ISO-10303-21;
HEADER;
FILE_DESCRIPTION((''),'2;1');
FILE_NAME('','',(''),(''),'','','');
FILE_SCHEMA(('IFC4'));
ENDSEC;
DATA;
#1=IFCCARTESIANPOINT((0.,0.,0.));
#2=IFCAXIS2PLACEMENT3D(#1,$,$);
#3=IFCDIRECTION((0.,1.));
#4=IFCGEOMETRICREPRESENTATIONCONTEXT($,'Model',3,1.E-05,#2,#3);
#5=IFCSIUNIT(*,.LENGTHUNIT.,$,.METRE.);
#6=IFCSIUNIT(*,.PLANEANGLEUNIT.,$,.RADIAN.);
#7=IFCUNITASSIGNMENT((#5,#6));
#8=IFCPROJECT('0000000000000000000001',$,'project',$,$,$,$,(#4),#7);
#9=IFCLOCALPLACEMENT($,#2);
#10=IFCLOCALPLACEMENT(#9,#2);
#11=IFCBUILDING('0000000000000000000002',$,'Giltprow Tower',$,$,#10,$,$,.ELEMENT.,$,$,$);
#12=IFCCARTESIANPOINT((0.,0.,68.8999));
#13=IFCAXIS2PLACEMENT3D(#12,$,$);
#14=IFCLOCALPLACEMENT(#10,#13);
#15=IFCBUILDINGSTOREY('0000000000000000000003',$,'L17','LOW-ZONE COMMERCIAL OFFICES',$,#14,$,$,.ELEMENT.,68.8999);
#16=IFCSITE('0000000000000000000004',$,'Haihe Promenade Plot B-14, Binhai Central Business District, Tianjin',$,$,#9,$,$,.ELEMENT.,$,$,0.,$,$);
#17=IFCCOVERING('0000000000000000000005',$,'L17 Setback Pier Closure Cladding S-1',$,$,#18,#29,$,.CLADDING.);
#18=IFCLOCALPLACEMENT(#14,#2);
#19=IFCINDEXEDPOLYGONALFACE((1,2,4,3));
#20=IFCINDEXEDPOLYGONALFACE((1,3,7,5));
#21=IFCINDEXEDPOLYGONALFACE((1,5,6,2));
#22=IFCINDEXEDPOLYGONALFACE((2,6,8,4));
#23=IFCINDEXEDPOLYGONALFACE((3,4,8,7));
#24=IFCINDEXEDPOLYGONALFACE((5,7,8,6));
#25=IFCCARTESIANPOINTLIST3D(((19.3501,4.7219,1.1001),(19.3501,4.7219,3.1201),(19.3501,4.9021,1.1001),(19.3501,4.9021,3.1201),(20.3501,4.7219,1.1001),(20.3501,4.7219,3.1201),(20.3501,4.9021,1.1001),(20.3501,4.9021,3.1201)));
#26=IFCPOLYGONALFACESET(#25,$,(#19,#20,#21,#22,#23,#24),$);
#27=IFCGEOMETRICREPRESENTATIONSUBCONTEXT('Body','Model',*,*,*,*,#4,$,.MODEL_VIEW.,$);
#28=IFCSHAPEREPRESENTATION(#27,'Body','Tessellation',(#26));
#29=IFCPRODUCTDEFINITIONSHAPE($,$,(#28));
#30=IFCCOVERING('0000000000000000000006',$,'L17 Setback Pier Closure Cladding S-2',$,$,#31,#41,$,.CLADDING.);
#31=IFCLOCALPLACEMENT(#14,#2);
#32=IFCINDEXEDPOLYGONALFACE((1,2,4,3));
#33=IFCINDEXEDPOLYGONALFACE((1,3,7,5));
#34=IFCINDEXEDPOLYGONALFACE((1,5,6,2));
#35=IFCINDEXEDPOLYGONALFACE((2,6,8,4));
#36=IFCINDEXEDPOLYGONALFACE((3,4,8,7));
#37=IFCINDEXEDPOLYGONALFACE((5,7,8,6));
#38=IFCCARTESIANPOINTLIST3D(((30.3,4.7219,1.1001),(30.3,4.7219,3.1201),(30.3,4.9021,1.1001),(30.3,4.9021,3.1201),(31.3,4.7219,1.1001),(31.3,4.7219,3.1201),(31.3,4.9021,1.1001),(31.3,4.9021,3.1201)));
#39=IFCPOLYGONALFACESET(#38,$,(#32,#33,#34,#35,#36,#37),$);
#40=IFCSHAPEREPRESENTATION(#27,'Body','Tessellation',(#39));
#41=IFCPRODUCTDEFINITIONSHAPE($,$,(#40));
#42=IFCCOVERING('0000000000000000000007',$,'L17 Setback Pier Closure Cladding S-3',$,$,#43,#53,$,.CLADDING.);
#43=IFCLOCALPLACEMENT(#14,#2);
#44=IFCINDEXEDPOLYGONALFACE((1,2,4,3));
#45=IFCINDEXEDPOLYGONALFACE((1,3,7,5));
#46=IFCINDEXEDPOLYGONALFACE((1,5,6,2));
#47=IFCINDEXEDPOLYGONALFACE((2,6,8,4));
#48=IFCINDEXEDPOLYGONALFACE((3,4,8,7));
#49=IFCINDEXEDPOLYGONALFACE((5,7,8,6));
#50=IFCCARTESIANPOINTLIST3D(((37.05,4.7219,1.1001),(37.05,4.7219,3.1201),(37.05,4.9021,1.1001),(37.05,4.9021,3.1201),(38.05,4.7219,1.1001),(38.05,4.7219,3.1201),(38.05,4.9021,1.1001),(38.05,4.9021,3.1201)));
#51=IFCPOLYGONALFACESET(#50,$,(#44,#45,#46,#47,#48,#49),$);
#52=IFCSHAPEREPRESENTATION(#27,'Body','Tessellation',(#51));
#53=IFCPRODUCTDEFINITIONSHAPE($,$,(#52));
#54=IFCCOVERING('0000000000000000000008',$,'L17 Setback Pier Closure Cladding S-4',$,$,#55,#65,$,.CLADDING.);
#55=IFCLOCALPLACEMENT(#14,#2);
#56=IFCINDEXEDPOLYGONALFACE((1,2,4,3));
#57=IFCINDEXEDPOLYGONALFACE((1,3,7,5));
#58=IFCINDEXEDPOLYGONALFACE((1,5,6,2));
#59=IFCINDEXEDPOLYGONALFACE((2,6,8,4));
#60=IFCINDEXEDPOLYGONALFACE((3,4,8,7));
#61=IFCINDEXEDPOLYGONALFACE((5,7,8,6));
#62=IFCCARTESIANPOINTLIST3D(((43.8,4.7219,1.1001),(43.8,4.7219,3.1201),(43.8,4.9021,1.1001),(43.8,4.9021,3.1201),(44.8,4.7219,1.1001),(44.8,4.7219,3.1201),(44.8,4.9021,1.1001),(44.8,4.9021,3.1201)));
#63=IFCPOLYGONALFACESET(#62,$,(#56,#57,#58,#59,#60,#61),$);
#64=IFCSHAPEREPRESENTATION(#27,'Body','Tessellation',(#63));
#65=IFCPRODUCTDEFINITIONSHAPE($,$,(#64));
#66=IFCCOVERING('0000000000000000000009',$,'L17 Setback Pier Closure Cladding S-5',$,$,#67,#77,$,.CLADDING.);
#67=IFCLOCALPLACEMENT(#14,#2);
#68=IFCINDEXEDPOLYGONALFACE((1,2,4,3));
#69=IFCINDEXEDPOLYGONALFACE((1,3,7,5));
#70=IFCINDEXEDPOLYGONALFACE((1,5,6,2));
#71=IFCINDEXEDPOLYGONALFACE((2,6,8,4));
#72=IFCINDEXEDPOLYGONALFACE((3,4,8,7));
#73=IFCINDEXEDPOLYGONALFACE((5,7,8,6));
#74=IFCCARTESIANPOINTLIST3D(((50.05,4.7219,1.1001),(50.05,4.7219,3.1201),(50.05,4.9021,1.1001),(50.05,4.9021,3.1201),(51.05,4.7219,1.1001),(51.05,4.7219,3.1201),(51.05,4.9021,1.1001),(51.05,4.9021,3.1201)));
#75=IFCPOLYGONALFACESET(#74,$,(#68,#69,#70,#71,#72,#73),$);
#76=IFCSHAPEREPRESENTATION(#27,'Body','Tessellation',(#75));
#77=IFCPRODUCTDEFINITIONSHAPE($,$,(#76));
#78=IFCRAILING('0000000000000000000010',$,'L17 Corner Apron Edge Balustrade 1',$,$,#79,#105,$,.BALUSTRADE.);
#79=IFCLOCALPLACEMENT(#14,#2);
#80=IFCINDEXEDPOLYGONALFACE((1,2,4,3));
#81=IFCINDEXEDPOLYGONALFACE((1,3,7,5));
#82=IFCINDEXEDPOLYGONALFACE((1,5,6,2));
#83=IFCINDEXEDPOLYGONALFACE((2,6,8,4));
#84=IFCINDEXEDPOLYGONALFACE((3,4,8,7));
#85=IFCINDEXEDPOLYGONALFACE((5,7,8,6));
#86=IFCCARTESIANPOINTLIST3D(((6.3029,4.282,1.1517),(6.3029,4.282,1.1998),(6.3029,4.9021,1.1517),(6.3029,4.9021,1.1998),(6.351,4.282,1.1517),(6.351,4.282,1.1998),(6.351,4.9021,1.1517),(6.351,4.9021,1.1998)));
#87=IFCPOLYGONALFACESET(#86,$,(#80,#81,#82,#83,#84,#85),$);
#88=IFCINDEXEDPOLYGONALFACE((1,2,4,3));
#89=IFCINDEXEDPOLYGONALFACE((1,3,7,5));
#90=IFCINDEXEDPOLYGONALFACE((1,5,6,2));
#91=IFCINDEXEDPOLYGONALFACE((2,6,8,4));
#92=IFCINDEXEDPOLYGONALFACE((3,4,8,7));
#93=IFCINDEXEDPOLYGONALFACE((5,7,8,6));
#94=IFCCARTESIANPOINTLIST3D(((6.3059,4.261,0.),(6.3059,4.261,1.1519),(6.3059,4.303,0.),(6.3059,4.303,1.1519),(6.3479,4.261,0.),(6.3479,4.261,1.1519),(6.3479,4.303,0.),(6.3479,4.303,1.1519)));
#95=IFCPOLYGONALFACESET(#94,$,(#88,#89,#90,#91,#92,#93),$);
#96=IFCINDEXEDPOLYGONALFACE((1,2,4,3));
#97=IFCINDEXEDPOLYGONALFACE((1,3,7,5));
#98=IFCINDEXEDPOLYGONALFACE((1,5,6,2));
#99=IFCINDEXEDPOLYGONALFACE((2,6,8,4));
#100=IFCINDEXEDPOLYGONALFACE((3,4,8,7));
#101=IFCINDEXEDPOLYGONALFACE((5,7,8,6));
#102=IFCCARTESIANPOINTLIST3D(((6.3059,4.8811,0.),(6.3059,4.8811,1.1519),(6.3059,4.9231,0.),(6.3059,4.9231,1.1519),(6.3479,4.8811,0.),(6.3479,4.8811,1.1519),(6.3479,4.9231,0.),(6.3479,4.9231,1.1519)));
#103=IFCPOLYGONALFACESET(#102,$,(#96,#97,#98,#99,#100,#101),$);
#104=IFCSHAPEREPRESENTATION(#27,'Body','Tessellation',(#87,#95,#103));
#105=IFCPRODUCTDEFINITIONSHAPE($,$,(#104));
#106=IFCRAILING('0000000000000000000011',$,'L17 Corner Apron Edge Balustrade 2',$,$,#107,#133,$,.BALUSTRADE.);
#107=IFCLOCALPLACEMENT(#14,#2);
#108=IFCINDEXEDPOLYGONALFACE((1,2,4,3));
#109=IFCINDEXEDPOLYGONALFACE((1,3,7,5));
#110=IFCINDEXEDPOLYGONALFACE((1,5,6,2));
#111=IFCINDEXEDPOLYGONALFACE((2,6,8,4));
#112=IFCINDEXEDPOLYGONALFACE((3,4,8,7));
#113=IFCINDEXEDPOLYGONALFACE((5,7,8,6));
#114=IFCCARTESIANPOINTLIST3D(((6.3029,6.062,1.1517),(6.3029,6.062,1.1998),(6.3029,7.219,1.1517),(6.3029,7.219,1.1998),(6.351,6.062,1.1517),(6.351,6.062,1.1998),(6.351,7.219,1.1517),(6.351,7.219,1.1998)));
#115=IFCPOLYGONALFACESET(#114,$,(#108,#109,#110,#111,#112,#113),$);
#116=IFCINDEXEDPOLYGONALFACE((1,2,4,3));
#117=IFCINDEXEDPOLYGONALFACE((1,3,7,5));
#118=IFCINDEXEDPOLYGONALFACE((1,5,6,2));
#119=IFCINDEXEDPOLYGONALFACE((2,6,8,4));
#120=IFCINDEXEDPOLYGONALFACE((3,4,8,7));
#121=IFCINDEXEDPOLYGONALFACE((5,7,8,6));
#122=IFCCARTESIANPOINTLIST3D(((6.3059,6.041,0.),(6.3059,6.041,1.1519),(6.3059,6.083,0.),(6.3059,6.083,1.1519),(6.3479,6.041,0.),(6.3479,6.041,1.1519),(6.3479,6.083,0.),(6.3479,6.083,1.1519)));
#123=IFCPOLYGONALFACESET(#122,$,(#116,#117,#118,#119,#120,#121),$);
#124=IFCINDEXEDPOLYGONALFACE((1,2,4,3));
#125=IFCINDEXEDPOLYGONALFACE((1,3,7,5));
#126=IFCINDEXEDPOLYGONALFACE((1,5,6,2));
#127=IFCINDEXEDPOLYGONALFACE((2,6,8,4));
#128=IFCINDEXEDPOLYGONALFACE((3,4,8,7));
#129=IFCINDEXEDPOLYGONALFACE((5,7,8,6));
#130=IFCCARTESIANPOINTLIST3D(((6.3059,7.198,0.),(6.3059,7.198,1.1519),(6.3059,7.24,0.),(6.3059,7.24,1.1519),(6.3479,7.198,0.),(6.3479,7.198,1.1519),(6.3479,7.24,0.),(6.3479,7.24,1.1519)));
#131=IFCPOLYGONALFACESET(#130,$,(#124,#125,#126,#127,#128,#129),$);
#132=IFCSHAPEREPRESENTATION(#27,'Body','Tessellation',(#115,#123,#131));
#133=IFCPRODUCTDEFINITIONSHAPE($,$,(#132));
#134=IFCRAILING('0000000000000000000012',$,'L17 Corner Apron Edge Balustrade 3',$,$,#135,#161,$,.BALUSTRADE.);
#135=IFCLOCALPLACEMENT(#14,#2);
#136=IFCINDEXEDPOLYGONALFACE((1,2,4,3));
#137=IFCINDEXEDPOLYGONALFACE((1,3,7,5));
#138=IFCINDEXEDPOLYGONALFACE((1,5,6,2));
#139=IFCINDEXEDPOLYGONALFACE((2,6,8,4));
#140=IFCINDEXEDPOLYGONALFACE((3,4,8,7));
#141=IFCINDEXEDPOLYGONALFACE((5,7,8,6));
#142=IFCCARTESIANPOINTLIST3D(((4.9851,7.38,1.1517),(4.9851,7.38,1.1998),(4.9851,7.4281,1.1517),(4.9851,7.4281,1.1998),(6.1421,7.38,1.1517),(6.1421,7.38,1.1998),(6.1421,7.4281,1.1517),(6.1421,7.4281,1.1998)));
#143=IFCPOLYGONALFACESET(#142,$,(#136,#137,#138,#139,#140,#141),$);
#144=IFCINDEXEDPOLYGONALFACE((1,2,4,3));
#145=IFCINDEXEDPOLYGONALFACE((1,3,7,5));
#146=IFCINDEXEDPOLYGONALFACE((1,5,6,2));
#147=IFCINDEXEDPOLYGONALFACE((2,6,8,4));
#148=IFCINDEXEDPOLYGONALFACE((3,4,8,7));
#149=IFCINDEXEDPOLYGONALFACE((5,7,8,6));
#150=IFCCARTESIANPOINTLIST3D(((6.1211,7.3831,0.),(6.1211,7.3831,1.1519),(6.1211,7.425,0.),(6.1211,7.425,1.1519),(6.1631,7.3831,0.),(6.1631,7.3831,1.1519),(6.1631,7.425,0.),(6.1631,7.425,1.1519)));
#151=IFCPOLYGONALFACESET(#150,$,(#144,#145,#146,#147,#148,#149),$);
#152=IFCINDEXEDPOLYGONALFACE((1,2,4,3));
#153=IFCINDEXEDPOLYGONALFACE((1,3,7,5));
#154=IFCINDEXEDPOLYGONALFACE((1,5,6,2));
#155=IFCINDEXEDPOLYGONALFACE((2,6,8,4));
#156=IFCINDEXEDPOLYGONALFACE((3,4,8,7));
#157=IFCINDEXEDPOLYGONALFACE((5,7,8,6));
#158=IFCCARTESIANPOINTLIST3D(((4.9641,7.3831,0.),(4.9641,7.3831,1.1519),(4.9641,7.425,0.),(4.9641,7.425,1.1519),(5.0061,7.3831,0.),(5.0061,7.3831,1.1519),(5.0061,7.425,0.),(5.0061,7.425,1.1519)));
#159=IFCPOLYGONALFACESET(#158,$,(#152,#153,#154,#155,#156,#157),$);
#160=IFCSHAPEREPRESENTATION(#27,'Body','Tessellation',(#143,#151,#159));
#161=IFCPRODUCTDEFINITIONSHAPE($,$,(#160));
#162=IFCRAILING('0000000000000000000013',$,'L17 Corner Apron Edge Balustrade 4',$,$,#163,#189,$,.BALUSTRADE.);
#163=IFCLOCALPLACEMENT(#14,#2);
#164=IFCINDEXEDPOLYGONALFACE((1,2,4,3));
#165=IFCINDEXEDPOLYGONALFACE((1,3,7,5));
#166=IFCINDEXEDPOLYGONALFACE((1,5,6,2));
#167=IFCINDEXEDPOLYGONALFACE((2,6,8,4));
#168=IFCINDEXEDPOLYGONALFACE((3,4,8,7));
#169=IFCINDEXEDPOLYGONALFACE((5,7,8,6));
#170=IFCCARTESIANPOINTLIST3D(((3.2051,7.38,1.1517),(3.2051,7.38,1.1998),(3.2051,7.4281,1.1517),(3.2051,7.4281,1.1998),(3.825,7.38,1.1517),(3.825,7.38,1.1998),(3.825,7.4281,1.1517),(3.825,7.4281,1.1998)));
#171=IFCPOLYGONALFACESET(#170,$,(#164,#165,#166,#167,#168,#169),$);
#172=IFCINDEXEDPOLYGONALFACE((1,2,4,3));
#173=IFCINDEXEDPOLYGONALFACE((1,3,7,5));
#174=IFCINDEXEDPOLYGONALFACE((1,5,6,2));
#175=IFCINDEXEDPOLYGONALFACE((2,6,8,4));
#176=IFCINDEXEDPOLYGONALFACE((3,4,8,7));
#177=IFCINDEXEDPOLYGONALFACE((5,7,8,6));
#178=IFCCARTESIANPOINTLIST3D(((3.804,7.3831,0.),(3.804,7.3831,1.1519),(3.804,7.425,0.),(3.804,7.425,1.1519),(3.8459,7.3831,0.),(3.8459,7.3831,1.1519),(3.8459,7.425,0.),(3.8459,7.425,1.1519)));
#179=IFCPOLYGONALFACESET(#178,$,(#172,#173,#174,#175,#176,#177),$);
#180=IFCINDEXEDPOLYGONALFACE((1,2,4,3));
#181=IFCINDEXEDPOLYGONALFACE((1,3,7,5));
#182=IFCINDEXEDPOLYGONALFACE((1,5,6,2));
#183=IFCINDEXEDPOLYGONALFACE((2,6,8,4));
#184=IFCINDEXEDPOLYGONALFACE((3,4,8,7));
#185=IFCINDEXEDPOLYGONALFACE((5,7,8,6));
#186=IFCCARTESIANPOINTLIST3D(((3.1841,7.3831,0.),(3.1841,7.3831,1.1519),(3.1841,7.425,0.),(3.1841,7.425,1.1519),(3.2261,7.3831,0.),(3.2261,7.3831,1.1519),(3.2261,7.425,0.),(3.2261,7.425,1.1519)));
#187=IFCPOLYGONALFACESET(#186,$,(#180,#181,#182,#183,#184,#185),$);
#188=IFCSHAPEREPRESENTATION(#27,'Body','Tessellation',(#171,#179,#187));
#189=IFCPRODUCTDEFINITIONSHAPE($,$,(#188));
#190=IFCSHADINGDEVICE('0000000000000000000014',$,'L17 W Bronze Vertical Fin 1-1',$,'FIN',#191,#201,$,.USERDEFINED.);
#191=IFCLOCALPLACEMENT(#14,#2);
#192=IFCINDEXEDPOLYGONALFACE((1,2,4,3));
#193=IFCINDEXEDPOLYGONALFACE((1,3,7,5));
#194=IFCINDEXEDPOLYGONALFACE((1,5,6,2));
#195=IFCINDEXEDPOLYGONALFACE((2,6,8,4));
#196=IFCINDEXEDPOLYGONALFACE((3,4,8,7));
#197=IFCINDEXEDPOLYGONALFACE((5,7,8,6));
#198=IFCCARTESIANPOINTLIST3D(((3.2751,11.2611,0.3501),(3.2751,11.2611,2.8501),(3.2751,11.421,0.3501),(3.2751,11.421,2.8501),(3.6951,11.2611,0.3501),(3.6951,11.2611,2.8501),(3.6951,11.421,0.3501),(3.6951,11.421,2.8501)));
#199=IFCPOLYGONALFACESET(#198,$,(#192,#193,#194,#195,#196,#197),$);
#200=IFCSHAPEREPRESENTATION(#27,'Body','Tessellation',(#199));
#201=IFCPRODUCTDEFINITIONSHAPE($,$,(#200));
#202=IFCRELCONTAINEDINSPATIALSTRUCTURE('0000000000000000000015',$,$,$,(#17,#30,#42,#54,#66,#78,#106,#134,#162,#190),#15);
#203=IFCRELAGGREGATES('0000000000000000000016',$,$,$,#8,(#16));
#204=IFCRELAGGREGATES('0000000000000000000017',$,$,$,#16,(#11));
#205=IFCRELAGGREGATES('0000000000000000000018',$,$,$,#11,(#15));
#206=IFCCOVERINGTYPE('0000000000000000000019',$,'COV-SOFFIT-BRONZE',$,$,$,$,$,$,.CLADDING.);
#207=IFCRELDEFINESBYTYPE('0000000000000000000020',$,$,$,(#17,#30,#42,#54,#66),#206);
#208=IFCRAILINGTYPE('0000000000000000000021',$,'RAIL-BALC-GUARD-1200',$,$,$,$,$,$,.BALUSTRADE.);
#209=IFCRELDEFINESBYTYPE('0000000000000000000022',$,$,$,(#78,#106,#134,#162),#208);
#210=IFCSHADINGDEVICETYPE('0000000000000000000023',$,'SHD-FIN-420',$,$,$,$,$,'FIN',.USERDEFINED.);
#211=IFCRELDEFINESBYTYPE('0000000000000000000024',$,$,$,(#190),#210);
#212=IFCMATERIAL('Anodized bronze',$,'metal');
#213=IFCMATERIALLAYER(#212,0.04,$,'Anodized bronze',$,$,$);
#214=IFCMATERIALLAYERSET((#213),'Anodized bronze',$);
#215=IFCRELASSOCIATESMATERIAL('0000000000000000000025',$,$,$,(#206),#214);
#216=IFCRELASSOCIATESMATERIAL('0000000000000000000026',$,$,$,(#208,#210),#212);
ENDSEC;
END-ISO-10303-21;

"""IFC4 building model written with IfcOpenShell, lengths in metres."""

from ifc_helpers import new_model, si_unit, direction, frame, origin, origin_2d, place, context, subcontext, project, spatial, polyline, rectangle, outline, extrude, source, transform, mapped, material, layer, layer_set, type_object, element, save


model = new_model("IFC4")

# Units and contexts
model_context = context("Model", 3, precision=1e-05, world=origin(), true_north=direction((0.0, 1.0)))
body_context = subcontext(model_context, "Body", "Model", "MODEL_VIEW")
ifc_project = project(units=[si_unit("LENGTHUNIT", "METRE"), si_unit("PLANEANGLEUNIT", "RADIAN")], contexts=[model_context])

# Site, building, storey
site_placement = place(None, origin())
site = spatial("IfcSite", under=ifc_project, at=site_placement, Name="Haihe Promenade Plot B-14, Binhai Central Business District, Tianjin", CompositionType="ELEMENT", RefElevation=0.0)
building_placement = place(site_placement, origin())
building = spatial("IfcBuilding", under=site, at=building_placement, Name="Giltprow Tower", CompositionType="ELEMENT")
storey_placement = place(building_placement, frame((0.0, 0.0, 68.8999)))
storey = spatial("IfcBuildingStorey", under=building, at=storey_placement, Name="L17", Description="LOW-ZONE COMMERCIAL OFFICES", CompositionType="ELEMENT", Elevation=68.8999)

# Shared definitions
ifc_material_1 = material(Name="Anodized bronze", Category="metal")

# Coverings
ifc_layer_1 = layer(ifc_material_1, 0.04, Name="Anodized bronze")
ifc_layer_set_1 = layer_set([ifc_layer_1], Name="Anodized bronze")
covering_type_1 = type_object("IfcCoveringType", Name="COV-SOFFIT-BRONZE", PredefinedType="CLADDING", material=ifc_layer_set_1)
covering_1_placement = place(storey_placement, frame((0.0, 0.0, 1.1001)))
element("IfcCovering", 1, at=covering_1_placement, inside=storey, type_object=covering_type_1, Name="L17 Setback Pier Closure Cladding S-1", PredefinedType="CLADDING", context=body_context, shape_type="SweptSolid", body=[
    extrude(outline(polyline([(19.3501, 4.7219), (20.3501, 4.7219), (20.3501, 4.9021), (19.3501, 4.9021), (19.3501, 4.7219)])), origin(), (0.0, 0.0, 1.0), 2.02),
])
covering_2_placement = place(storey_placement, frame((0.0, 0.0, 1.1001)))
element("IfcCovering", 2, at=covering_2_placement, inside=storey, type_object=covering_type_1, Name="L17 Setback Pier Closure Cladding S-2", PredefinedType="CLADDING", context=body_context, shape_type="SweptSolid", body=[
    extrude(outline(polyline([(30.3, 4.7219), (31.3, 4.7219), (31.3, 4.9021), (30.3, 4.9021), (30.3, 4.7219)])), origin(), (0.0, 0.0, 1.0), 2.02),
])
covering_3_placement = place(storey_placement, frame((0.0, 0.0, 1.1001)))
element("IfcCovering", 3, at=covering_3_placement, inside=storey, type_object=covering_type_1, Name="L17 Setback Pier Closure Cladding S-3", PredefinedType="CLADDING", context=body_context, shape_type="SweptSolid", body=[
    extrude(outline(polyline([(37.05, 4.7219), (38.05, 4.7219), (38.05, 4.9021), (37.05, 4.9021), (37.05, 4.7219)])), origin(), (0.0, 0.0, 1.0), 2.02),
])
covering_4_placement = place(storey_placement, frame((0.0, 0.0, 1.1001)))
element("IfcCovering", 4, at=covering_4_placement, inside=storey, type_object=covering_type_1, Name="L17 Setback Pier Closure Cladding S-4", PredefinedType="CLADDING", context=body_context, shape_type="SweptSolid", body=[
    extrude(outline(polyline([(43.8, 4.7219), (44.8, 4.7219), (44.8, 4.9021), (43.8, 4.9021), (43.8, 4.7219)])), origin(), (0.0, 0.0, 1.0), 2.02),
])
covering_5_placement = place(storey_placement, frame((0.0, 0.0, 1.1001)))
element("IfcCovering", 5, at=covering_5_placement, inside=storey, type_object=covering_type_1, Name="L17 Setback Pier Closure Cladding S-5", PredefinedType="CLADDING", context=body_context, shape_type="SweptSolid", body=[
    extrude(outline(polyline([(50.05, 4.7219), (51.05, 4.7219), (51.05, 4.9021), (50.05, 4.9021), (50.05, 4.7219)])), origin(), (0.0, 0.0, 1.0), 2.02),
])

# Railings
railing_type = type_object("IfcRailingType", Name="RAIL-BALC-GUARD-1200", PredefinedType="BALUSTRADE", material=ifc_material_1)
railing_1_placement = place(storey_placement, frame((6.3269, 4.282, 0.0)))
element("IfcRailing", 6, at=railing_1_placement, inside=storey, type_object=railing_type, Name="L17 Corner Apron Edge Balustrade 1", PredefinedType="BALUSTRADE", context=body_context, shape_type="SweptSolid", body=[
    extrude(rectangle(XDim=0.0481, YDim=0.0481, at=origin_2d()), frame((0.0, 0.0, 1.1758), z_axis=(0.0, 1.0, 0.0), x_axis=(-1.0, 0.0, 0.0)), (0.0, 0.0, 1.0), 0.6201),
    extrude(rectangle(XDim=0.042, YDim=0.042, at=origin_2d()), origin(), (0.0, 0.0, 1.0), 1.1519),
    extrude(rectangle(XDim=0.042, YDim=0.042, at=origin_2d()), frame((0.0, 0.6201, 0.0)), (0.0, 0.0, 1.0), 1.1519),
])
railing_2_placement = place(storey_placement, frame((6.3269, 6.062, 0.0)))
element("IfcRailing", 7, at=railing_2_placement, inside=storey, type_object=railing_type, Name="L17 Corner Apron Edge Balustrade 2", PredefinedType="BALUSTRADE", context=body_context, shape_type="SweptSolid", body=[
    extrude(rectangle(XDim=0.0481, YDim=0.0481, at=origin_2d()), frame((0.0, 0.0, 1.1758), z_axis=(0.0, 1.0, 0.0), x_axis=(-1.0, 0.0, 0.0)), (0.0, 0.0, 1.0), 1.157),
    extrude(rectangle(XDim=0.042, YDim=0.042, at=origin_2d()), origin(), (0.0, 0.0, 1.0), 1.1519),
    extrude(rectangle(XDim=0.042, YDim=0.042, at=origin_2d()), frame((0.0, 1.157, 0.0)), (0.0, 0.0, 1.0), 1.1519),
])
railing_3_placement = place(storey_placement, frame((6.1421, 7.4041, 0.0)))
element("IfcRailing", 8, at=railing_3_placement, inside=storey, type_object=railing_type, Name="L17 Corner Apron Edge Balustrade 3", PredefinedType="BALUSTRADE", context=body_context, shape_type="SweptSolid", body=[
    extrude(rectangle(XDim=0.0481, YDim=0.0481, at=origin_2d()), frame((0.0, 0.0, 1.1758), z_axis=(-1.0, 0.0, 0.0), x_axis=(0.0, -1.0, 0.0)), (0.0, 0.0, 1.0), 1.157),
    extrude(rectangle(XDim=0.042, YDim=0.042, at=origin_2d()), origin(), (0.0, 0.0, 1.0), 1.1519),
    extrude(rectangle(XDim=0.042, YDim=0.042, at=origin_2d()), frame((-1.157, 0.0, 0.0)), (0.0, 0.0, 1.0), 1.1519),
])
railing_4_placement = place(storey_placement, frame((3.825, 7.4041, 0.0)))
element("IfcRailing", 9, at=railing_4_placement, inside=storey, type_object=railing_type, Name="L17 Corner Apron Edge Balustrade 4", PredefinedType="BALUSTRADE", context=body_context, shape_type="SweptSolid", body=[
    extrude(rectangle(XDim=0.0481, YDim=0.0481, at=origin_2d()), frame((0.0, 0.0, 1.1758), z_axis=(-1.0, 0.0, 0.0), x_axis=(0.0, -1.0, 0.0)), (0.0, 0.0, 1.0), 0.6199),
    extrude(rectangle(XDim=0.042, YDim=0.042, at=origin_2d()), origin(), (0.0, 0.0, 1.0), 1.1519),
    extrude(rectangle(XDim=0.042, YDim=0.042, at=origin_2d()), frame((-0.6199, 0.0, 0.0)), (0.0, 0.0, 1.0), 1.1519),
])

# Shading device
shading_device_type = type_object("IfcShadingDeviceType", Name="SHD-FIN-420", ElementType="FIN", PredefinedType="USERDEFINED", material=ifc_material_1)
shared_shape_1 = source(origin(), body_context, "Body", "SweptSolid", [
    extrude(rectangle(XDim=0.4199, YDim=0.1599, at=origin_2d()), origin(), (0.0, 0.0, 1.0), 2.5),
])
shading_device_placement = place(storey_placement, frame((3.4851, 11.3411, 0.3501), z_axis=(0.0, 0.0, 1.0), x_axis=(1.0, 0.0, 0.0)))
element("IfcShadingDevice", 10, at=shading_device_placement, inside=storey, type_object=shading_device_type, Name="L17 W Bronze Vertical Fin 1-1", ObjectType="FIN", PredefinedType="USERDEFINED", context=body_context, shape_type="MappedRepresentation", body=[
    mapped(shared_shape_1, transform((0.0, 0.0, 0.0), x_axis=(1.0, 0.0, 0.0), y_axis=(0.0, 1.0, 0.0), z_axis=(0.0, 0.0, 1.0), scale=1.0)),
])

save(model, "model.ifc")
